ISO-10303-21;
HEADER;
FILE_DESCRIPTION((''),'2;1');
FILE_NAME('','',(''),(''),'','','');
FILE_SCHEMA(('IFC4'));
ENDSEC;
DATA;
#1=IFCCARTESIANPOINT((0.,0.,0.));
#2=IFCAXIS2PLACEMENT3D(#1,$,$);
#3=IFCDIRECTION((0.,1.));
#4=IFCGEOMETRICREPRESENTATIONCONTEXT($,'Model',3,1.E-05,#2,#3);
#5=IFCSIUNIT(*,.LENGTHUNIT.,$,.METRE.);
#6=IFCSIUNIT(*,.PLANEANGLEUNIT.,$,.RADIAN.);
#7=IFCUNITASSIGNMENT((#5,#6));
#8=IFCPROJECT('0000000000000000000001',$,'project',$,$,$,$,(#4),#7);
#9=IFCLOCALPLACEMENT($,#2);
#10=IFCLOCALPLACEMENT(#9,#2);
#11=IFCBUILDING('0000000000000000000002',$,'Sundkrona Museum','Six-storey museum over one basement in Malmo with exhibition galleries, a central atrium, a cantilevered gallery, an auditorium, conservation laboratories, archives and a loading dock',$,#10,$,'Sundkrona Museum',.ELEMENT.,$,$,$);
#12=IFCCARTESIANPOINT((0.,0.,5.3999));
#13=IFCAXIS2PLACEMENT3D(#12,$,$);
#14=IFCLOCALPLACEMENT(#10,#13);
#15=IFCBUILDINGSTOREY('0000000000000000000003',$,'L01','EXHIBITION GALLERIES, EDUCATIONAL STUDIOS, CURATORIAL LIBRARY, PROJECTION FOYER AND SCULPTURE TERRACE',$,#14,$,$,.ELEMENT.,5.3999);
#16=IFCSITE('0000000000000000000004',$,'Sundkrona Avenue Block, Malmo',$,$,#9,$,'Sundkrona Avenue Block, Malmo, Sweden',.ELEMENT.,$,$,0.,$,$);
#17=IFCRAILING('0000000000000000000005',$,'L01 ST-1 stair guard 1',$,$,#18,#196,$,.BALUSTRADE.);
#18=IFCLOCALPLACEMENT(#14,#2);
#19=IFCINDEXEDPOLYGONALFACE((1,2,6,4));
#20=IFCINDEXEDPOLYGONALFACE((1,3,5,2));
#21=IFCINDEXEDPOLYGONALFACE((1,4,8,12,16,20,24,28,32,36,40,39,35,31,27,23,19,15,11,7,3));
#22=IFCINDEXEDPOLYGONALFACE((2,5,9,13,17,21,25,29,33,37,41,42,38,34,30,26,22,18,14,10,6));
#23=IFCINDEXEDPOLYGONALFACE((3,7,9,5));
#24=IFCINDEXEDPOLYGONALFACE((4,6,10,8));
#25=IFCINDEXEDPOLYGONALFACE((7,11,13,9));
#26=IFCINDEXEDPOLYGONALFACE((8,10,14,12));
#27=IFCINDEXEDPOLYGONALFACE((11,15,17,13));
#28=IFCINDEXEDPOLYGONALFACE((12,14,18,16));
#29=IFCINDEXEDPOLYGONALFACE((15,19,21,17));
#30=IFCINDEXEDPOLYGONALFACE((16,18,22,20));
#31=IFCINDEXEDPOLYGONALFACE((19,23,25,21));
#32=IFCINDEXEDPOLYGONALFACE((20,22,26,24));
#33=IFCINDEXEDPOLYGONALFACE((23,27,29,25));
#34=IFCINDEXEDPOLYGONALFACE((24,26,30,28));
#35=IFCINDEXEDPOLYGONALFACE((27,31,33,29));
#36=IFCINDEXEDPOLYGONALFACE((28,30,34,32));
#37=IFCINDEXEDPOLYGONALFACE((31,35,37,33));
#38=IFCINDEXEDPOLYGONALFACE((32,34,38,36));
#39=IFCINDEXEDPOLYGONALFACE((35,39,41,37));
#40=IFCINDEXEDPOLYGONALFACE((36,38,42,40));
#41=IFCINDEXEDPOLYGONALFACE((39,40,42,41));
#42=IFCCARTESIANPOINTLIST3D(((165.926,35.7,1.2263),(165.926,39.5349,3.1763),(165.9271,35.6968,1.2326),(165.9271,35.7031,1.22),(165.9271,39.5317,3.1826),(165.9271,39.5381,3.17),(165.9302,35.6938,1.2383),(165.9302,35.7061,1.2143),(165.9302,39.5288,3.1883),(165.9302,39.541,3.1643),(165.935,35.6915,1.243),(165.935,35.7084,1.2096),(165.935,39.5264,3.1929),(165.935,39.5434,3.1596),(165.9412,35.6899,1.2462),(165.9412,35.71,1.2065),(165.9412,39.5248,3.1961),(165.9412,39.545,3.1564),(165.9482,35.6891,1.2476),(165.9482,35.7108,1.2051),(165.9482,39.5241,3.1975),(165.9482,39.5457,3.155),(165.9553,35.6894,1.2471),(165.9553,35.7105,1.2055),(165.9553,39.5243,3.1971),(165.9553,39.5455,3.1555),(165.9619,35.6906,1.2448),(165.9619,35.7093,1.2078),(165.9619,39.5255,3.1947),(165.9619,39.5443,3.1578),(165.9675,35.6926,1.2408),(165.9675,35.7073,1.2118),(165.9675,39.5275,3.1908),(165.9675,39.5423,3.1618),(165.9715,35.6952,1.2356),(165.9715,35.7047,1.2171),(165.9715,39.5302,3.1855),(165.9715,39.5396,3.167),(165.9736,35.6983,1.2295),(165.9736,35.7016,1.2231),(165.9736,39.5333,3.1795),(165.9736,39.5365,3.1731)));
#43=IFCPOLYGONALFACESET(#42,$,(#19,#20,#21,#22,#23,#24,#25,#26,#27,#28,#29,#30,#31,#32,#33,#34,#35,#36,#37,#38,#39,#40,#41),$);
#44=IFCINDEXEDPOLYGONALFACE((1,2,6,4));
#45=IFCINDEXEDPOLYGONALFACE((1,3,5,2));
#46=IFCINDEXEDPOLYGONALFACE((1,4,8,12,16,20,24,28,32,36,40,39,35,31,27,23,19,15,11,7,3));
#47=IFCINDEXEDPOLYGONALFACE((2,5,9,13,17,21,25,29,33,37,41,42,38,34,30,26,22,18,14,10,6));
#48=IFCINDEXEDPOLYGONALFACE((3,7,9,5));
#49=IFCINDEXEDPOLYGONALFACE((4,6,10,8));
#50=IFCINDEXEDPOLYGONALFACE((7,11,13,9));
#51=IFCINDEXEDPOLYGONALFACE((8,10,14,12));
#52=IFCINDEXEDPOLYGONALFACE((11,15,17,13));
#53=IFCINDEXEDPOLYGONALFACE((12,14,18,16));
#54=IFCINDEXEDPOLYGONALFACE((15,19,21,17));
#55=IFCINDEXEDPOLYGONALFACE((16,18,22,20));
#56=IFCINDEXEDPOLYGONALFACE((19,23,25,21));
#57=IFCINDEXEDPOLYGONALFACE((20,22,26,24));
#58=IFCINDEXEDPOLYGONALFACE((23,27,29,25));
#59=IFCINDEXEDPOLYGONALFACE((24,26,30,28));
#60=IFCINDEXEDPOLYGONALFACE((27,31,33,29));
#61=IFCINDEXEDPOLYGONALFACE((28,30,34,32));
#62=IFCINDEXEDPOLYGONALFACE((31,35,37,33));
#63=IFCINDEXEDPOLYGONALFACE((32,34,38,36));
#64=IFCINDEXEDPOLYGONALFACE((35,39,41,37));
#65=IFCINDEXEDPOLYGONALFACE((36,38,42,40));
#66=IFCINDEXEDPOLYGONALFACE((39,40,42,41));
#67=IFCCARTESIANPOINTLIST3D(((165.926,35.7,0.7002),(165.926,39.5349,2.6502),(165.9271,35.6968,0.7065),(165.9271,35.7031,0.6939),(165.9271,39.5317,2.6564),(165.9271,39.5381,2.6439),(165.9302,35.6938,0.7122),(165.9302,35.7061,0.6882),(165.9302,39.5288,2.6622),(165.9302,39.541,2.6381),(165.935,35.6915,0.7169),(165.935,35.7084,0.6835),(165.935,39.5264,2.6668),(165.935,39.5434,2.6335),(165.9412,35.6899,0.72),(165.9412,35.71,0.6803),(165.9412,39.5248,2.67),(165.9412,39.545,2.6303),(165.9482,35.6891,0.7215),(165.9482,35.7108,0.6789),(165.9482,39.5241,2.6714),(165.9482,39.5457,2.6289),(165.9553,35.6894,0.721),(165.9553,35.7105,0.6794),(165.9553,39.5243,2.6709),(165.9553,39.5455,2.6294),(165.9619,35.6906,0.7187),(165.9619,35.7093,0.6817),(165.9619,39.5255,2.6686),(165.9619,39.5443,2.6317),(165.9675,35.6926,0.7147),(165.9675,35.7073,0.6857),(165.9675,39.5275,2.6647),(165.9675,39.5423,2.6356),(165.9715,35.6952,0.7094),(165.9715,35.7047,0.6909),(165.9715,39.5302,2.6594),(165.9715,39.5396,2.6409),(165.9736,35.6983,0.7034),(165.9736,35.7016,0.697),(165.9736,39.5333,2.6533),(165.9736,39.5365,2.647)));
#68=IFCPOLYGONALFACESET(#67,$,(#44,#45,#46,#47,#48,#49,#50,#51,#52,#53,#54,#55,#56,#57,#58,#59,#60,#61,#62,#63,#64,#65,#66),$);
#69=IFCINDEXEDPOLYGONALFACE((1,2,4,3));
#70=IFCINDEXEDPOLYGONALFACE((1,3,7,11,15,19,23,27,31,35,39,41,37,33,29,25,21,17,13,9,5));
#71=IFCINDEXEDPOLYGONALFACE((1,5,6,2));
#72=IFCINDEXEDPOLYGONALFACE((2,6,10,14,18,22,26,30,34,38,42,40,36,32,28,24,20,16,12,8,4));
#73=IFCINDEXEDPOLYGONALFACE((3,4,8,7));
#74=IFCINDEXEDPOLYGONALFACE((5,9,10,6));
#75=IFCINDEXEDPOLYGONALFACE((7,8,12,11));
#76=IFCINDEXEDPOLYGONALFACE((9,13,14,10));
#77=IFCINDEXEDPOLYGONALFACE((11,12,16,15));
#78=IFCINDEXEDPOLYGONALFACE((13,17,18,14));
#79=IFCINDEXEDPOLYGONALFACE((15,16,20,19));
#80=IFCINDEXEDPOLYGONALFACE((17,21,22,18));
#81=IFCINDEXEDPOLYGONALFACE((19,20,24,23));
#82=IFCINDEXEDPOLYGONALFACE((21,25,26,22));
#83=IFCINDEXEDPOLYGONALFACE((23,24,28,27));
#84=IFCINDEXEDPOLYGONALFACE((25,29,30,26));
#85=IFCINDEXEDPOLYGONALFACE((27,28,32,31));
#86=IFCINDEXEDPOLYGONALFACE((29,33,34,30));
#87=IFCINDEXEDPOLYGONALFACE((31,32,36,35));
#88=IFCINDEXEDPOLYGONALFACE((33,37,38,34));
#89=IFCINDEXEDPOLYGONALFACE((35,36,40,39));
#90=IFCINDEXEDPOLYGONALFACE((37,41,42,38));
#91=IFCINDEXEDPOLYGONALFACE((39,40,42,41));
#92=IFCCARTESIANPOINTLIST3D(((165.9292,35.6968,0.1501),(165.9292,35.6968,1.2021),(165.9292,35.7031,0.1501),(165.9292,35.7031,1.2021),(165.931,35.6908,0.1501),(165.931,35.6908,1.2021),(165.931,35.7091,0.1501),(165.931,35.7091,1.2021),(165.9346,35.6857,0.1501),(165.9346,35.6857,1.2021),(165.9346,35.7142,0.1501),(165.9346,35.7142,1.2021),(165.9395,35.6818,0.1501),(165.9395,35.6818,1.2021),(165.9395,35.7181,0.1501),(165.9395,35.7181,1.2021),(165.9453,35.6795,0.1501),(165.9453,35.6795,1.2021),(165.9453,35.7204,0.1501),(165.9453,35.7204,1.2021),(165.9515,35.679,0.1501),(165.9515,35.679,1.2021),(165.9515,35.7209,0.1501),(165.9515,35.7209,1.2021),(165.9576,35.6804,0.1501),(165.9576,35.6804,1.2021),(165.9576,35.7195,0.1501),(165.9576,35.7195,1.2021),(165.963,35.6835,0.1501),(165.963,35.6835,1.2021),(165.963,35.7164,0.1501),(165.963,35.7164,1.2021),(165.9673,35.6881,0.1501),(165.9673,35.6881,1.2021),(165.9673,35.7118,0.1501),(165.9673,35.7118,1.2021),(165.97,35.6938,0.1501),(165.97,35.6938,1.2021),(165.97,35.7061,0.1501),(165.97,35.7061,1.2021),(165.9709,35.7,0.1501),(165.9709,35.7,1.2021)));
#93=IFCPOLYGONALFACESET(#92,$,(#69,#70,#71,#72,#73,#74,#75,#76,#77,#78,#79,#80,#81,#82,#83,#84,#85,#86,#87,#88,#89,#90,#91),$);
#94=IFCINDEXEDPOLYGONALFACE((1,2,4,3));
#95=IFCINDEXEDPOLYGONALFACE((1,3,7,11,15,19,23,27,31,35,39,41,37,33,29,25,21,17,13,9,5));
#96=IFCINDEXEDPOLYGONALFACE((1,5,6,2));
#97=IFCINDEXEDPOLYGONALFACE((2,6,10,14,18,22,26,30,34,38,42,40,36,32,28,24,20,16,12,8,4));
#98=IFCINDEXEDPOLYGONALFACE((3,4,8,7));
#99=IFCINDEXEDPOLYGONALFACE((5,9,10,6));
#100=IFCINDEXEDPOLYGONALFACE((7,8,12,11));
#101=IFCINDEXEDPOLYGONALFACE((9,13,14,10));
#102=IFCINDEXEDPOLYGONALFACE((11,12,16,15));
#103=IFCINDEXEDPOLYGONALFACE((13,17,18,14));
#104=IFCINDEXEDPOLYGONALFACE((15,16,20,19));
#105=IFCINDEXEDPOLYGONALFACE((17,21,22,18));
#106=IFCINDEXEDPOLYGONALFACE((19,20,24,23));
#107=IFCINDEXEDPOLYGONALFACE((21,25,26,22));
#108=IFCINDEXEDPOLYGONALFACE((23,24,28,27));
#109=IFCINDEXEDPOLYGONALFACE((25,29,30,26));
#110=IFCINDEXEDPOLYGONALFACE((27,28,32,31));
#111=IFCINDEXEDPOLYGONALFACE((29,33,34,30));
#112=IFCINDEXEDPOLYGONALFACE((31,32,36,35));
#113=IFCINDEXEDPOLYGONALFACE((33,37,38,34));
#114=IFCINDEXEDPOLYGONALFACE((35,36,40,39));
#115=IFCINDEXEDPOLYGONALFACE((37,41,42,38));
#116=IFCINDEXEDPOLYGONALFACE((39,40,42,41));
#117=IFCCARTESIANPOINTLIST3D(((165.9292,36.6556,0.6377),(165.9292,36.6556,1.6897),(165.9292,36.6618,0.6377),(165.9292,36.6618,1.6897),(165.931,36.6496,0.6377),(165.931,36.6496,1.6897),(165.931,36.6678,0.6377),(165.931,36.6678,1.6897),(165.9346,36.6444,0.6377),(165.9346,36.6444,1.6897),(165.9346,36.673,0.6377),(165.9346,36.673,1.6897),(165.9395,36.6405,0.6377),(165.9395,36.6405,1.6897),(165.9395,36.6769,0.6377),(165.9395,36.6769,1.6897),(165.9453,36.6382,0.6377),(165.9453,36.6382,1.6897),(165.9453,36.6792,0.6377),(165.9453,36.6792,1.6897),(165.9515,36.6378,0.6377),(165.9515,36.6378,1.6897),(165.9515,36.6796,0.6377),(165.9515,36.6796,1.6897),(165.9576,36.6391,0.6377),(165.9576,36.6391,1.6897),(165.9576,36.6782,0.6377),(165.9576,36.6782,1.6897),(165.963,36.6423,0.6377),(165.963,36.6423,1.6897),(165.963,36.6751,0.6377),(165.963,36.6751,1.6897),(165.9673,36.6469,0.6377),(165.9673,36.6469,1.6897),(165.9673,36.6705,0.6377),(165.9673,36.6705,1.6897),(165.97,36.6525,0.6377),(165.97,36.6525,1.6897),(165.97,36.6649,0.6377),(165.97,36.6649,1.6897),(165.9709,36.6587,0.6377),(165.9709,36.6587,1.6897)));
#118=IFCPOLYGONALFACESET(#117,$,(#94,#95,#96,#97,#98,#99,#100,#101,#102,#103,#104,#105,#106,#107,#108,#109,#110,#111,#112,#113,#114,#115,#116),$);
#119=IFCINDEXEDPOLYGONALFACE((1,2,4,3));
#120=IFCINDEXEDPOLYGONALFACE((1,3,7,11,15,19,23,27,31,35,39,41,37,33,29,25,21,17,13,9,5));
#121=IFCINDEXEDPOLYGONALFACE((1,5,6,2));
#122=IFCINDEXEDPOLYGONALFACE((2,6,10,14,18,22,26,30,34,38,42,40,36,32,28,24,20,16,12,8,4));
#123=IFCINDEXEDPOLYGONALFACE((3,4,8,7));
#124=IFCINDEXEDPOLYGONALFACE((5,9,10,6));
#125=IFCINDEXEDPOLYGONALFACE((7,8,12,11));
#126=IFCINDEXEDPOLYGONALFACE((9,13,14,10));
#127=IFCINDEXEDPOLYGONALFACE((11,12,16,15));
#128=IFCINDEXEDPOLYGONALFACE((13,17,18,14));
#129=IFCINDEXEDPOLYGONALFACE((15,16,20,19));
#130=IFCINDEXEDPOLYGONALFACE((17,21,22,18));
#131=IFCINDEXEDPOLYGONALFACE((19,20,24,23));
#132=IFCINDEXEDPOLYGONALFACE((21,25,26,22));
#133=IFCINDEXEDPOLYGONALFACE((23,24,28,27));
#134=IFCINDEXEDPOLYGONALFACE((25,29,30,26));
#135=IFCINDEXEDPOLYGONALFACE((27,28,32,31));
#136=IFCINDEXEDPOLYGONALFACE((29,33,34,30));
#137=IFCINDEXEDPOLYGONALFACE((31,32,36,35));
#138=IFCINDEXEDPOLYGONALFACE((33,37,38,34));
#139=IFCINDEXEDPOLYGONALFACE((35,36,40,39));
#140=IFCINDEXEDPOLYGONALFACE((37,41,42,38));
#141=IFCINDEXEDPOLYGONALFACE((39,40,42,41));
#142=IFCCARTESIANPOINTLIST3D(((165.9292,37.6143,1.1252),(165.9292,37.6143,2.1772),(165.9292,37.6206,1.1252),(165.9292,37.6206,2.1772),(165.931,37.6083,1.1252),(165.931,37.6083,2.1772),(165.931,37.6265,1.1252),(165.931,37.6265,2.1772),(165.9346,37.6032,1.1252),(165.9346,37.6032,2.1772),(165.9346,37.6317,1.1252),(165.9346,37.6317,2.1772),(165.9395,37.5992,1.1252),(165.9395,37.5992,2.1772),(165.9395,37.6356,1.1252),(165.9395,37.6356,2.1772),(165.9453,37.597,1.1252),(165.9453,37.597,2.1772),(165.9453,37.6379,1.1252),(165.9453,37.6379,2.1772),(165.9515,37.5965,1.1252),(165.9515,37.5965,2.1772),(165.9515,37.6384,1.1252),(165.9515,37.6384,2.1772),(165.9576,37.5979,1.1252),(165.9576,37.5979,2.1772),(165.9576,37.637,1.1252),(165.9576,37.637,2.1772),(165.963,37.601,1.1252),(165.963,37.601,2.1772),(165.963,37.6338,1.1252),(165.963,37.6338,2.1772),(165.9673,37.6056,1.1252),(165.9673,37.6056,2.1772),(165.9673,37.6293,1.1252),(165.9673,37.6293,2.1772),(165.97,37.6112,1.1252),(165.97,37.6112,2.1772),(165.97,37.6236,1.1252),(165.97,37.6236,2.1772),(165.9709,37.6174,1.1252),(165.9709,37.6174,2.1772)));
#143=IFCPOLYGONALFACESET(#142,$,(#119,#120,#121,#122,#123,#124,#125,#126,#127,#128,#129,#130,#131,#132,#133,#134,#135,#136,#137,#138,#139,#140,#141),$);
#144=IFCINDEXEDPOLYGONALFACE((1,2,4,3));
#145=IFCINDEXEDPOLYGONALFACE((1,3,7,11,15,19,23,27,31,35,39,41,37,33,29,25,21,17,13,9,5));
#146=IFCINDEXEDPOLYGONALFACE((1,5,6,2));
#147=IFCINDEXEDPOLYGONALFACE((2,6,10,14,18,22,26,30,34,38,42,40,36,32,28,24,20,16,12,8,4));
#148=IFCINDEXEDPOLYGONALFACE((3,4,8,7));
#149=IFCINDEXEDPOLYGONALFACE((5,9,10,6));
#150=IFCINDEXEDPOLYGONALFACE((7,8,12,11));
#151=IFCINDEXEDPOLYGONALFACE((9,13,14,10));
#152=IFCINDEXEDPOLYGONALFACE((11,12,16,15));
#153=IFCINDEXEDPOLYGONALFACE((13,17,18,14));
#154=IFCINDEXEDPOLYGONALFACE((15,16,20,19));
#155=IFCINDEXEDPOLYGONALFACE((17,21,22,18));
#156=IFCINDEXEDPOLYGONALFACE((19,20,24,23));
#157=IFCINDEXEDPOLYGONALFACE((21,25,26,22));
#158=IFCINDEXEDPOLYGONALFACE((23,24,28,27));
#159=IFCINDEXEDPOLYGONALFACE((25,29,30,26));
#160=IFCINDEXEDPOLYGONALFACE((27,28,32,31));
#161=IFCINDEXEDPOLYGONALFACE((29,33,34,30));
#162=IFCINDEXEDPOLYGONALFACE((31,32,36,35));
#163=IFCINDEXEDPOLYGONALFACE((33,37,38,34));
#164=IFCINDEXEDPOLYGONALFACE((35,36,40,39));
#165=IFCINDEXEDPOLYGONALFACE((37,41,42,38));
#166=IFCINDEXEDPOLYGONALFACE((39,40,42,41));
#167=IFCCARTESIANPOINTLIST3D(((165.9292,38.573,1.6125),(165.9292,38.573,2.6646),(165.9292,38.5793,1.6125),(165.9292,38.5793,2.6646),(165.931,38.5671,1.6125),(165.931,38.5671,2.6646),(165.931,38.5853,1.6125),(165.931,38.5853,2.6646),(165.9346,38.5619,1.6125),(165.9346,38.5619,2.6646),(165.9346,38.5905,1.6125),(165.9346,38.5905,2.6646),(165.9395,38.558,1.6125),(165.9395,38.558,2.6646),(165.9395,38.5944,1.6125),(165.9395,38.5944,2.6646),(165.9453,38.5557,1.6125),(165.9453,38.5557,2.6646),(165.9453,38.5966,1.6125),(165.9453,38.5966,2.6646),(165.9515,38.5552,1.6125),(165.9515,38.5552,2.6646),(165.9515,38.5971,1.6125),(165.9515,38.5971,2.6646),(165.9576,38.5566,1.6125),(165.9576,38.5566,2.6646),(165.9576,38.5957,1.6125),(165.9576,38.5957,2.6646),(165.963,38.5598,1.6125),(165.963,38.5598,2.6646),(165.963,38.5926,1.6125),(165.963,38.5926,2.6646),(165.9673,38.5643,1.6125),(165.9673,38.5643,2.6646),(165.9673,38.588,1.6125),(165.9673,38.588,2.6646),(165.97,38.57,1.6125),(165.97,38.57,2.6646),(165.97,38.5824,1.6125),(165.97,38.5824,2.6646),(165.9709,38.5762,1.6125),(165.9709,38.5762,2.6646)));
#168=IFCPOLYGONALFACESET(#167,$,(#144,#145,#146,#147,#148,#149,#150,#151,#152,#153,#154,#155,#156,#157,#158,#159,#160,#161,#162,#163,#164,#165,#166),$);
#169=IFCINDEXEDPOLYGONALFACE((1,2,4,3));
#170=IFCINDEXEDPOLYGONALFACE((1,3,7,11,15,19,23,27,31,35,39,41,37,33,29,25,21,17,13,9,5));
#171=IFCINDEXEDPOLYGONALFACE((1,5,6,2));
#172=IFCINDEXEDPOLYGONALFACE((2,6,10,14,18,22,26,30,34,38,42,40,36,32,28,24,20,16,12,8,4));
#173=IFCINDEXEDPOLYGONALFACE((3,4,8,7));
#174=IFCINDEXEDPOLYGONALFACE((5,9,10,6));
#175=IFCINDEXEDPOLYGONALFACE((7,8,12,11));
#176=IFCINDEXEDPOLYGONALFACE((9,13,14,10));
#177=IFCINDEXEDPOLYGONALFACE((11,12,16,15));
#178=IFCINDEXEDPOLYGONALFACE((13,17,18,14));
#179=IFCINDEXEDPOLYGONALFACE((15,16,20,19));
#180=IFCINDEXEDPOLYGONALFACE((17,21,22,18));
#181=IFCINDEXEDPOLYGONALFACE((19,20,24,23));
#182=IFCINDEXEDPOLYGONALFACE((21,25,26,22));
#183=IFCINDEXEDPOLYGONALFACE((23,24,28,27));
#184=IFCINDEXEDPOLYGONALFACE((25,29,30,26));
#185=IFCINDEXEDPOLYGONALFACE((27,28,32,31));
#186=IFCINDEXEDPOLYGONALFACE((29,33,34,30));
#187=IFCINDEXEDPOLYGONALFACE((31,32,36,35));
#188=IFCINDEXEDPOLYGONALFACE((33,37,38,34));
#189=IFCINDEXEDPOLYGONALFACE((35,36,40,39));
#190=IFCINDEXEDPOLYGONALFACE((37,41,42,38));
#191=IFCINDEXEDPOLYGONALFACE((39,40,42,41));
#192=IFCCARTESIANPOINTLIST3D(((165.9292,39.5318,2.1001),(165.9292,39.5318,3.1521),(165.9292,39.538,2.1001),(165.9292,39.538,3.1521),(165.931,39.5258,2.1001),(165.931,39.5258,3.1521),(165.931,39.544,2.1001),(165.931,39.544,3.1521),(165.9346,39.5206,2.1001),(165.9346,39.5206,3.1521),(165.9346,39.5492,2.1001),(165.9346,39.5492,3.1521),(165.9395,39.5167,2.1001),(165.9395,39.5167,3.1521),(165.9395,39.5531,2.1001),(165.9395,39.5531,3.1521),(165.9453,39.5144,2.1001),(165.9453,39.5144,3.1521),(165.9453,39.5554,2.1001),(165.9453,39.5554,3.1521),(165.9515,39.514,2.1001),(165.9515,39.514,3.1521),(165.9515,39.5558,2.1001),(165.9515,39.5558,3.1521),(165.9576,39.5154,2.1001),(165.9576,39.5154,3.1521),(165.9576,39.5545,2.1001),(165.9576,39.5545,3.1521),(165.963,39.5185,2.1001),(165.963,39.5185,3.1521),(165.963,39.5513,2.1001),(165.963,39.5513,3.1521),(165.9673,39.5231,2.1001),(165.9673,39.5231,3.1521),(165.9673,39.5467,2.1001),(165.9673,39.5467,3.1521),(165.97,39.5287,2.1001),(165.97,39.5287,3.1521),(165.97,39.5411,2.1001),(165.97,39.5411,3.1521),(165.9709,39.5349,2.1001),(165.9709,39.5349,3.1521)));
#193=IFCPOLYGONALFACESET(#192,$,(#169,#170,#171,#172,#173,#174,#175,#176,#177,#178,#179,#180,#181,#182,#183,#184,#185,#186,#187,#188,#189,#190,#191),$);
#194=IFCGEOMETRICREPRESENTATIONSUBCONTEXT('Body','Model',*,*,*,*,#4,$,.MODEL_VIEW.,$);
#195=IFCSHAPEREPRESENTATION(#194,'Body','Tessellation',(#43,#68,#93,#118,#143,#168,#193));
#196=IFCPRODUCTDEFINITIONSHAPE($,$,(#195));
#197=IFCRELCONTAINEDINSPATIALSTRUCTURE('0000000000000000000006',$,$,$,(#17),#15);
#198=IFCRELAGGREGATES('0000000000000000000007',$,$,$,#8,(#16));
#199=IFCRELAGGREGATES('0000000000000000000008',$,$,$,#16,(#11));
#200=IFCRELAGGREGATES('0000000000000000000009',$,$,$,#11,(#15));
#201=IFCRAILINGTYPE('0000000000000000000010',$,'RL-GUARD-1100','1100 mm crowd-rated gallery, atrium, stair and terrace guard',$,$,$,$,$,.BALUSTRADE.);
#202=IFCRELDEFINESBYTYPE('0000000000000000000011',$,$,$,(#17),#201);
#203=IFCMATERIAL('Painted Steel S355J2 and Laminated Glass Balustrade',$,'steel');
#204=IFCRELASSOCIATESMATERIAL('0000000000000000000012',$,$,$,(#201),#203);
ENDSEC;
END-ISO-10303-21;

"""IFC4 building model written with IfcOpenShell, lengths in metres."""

from ifc_helpers import new_model, si_unit, direction, frame, origin, origin_2d, place, context, subcontext, project, spatial, circle, extrude, material, type_object, element, save


model = new_model("IFC4")

# Units and contexts
model_context = context("Model", 3, precision=1e-05, world=origin(), true_north=direction((0.0, 1.0)))
body_context = subcontext(model_context, "Body", "Model", "MODEL_VIEW")
ifc_project = project(units=[si_unit("LENGTHUNIT", "METRE"), si_unit("PLANEANGLEUNIT", "RADIAN")], contexts=[model_context])

# Site, building, storey
site_placement = place(None, origin())
site = spatial("IfcSite", under=ifc_project, at=site_placement, Name="Sundkrona Avenue Block, Malmo", LongName="Sundkrona Avenue Block, Malmo, Sweden", CompositionType="ELEMENT", RefElevation=0.0)
building_placement = place(site_placement, origin())
building = spatial("IfcBuilding", under=site, at=building_placement, Name="Sundkrona Museum", Description="Six-storey museum over one basement in Malmo with exhibition galleries, a central atrium, a cantilevered gallery, an auditorium, conservation laboratories, archives and a loading dock", LongName="Sundkrona Museum", CompositionType="ELEMENT")
storey_placement = place(building_placement, frame((0.0, 0.0, 5.3999)))
storey = spatial("IfcBuildingStorey", under=building, at=storey_placement, Name="L01", Description="EXHIBITION GALLERIES, EDUCATIONAL STUDIOS, CURATORIAL LIBRARY, PROJECTION FOYER AND SCULPTURE TERRACE", CompositionType="ELEMENT", Elevation=5.3999)

# Railing
ifc_material_1 = material(Name="Painted Steel S355J2 and Laminated Glass Balustrade", Category="steel")
railing_type_1 = type_object("IfcRailingType", Name="RL-GUARD-1100", Description="1100 mm crowd-rated gallery, atrium, stair and terrace guard", PredefinedType="BALUSTRADE", material=ifc_material_1)
railing_1_placement = place(storey_placement, frame((165.95, 35.7, 0.1501)))
element("IfcRailing", 1, at=railing_1_placement, inside=storey, type_object=railing_type_1, Name="L01 ST-1 stair guard 1", PredefinedType="BALUSTRADE", context=body_context, shape_type="SweptSolid", body=[
    extrude(circle(Radius=0.0239, at=origin_2d()), frame((0.0, 0.0, 1.0762), z_axis=(0.0, 0.891388, 0.453241), x_axis=(-1.0, 0.0, 0.0)), (0.0, 0.0, 1.0), 4.3022),
    extrude(circle(Radius=0.0239, at=origin_2d()), frame((0.0, 0.0, 0.55), z_axis=(0.0, 0.891388, 0.453241), x_axis=(-1.0, 0.0, 0.0)), (0.0, 0.0, 1.0), 4.3022),
    extrude(circle(Radius=0.021, at=origin_2d()), origin(), (0.0, 0.0, 1.0), 1.052),
    extrude(circle(Radius=0.021, at=origin_2d()), frame((0.0, 0.9587, 0.4875)), (0.0, 0.0, 1.0), 1.052),
    extrude(circle(Radius=0.021, at=origin_2d()), frame((0.0, 1.9175, 0.9751)), (0.0, 0.0, 1.0), 1.052),
    extrude(circle(Radius=0.021, at=origin_2d()), frame((0.0, 2.8762, 1.4624)), (0.0, 0.0, 1.0), 1.052),
    extrude(circle(Radius=0.021, at=origin_2d()), frame((0.0, 3.835, 1.95)), (0.0, 0.0, 1.0), 1.052),
])

save(model, "model.ifc")
